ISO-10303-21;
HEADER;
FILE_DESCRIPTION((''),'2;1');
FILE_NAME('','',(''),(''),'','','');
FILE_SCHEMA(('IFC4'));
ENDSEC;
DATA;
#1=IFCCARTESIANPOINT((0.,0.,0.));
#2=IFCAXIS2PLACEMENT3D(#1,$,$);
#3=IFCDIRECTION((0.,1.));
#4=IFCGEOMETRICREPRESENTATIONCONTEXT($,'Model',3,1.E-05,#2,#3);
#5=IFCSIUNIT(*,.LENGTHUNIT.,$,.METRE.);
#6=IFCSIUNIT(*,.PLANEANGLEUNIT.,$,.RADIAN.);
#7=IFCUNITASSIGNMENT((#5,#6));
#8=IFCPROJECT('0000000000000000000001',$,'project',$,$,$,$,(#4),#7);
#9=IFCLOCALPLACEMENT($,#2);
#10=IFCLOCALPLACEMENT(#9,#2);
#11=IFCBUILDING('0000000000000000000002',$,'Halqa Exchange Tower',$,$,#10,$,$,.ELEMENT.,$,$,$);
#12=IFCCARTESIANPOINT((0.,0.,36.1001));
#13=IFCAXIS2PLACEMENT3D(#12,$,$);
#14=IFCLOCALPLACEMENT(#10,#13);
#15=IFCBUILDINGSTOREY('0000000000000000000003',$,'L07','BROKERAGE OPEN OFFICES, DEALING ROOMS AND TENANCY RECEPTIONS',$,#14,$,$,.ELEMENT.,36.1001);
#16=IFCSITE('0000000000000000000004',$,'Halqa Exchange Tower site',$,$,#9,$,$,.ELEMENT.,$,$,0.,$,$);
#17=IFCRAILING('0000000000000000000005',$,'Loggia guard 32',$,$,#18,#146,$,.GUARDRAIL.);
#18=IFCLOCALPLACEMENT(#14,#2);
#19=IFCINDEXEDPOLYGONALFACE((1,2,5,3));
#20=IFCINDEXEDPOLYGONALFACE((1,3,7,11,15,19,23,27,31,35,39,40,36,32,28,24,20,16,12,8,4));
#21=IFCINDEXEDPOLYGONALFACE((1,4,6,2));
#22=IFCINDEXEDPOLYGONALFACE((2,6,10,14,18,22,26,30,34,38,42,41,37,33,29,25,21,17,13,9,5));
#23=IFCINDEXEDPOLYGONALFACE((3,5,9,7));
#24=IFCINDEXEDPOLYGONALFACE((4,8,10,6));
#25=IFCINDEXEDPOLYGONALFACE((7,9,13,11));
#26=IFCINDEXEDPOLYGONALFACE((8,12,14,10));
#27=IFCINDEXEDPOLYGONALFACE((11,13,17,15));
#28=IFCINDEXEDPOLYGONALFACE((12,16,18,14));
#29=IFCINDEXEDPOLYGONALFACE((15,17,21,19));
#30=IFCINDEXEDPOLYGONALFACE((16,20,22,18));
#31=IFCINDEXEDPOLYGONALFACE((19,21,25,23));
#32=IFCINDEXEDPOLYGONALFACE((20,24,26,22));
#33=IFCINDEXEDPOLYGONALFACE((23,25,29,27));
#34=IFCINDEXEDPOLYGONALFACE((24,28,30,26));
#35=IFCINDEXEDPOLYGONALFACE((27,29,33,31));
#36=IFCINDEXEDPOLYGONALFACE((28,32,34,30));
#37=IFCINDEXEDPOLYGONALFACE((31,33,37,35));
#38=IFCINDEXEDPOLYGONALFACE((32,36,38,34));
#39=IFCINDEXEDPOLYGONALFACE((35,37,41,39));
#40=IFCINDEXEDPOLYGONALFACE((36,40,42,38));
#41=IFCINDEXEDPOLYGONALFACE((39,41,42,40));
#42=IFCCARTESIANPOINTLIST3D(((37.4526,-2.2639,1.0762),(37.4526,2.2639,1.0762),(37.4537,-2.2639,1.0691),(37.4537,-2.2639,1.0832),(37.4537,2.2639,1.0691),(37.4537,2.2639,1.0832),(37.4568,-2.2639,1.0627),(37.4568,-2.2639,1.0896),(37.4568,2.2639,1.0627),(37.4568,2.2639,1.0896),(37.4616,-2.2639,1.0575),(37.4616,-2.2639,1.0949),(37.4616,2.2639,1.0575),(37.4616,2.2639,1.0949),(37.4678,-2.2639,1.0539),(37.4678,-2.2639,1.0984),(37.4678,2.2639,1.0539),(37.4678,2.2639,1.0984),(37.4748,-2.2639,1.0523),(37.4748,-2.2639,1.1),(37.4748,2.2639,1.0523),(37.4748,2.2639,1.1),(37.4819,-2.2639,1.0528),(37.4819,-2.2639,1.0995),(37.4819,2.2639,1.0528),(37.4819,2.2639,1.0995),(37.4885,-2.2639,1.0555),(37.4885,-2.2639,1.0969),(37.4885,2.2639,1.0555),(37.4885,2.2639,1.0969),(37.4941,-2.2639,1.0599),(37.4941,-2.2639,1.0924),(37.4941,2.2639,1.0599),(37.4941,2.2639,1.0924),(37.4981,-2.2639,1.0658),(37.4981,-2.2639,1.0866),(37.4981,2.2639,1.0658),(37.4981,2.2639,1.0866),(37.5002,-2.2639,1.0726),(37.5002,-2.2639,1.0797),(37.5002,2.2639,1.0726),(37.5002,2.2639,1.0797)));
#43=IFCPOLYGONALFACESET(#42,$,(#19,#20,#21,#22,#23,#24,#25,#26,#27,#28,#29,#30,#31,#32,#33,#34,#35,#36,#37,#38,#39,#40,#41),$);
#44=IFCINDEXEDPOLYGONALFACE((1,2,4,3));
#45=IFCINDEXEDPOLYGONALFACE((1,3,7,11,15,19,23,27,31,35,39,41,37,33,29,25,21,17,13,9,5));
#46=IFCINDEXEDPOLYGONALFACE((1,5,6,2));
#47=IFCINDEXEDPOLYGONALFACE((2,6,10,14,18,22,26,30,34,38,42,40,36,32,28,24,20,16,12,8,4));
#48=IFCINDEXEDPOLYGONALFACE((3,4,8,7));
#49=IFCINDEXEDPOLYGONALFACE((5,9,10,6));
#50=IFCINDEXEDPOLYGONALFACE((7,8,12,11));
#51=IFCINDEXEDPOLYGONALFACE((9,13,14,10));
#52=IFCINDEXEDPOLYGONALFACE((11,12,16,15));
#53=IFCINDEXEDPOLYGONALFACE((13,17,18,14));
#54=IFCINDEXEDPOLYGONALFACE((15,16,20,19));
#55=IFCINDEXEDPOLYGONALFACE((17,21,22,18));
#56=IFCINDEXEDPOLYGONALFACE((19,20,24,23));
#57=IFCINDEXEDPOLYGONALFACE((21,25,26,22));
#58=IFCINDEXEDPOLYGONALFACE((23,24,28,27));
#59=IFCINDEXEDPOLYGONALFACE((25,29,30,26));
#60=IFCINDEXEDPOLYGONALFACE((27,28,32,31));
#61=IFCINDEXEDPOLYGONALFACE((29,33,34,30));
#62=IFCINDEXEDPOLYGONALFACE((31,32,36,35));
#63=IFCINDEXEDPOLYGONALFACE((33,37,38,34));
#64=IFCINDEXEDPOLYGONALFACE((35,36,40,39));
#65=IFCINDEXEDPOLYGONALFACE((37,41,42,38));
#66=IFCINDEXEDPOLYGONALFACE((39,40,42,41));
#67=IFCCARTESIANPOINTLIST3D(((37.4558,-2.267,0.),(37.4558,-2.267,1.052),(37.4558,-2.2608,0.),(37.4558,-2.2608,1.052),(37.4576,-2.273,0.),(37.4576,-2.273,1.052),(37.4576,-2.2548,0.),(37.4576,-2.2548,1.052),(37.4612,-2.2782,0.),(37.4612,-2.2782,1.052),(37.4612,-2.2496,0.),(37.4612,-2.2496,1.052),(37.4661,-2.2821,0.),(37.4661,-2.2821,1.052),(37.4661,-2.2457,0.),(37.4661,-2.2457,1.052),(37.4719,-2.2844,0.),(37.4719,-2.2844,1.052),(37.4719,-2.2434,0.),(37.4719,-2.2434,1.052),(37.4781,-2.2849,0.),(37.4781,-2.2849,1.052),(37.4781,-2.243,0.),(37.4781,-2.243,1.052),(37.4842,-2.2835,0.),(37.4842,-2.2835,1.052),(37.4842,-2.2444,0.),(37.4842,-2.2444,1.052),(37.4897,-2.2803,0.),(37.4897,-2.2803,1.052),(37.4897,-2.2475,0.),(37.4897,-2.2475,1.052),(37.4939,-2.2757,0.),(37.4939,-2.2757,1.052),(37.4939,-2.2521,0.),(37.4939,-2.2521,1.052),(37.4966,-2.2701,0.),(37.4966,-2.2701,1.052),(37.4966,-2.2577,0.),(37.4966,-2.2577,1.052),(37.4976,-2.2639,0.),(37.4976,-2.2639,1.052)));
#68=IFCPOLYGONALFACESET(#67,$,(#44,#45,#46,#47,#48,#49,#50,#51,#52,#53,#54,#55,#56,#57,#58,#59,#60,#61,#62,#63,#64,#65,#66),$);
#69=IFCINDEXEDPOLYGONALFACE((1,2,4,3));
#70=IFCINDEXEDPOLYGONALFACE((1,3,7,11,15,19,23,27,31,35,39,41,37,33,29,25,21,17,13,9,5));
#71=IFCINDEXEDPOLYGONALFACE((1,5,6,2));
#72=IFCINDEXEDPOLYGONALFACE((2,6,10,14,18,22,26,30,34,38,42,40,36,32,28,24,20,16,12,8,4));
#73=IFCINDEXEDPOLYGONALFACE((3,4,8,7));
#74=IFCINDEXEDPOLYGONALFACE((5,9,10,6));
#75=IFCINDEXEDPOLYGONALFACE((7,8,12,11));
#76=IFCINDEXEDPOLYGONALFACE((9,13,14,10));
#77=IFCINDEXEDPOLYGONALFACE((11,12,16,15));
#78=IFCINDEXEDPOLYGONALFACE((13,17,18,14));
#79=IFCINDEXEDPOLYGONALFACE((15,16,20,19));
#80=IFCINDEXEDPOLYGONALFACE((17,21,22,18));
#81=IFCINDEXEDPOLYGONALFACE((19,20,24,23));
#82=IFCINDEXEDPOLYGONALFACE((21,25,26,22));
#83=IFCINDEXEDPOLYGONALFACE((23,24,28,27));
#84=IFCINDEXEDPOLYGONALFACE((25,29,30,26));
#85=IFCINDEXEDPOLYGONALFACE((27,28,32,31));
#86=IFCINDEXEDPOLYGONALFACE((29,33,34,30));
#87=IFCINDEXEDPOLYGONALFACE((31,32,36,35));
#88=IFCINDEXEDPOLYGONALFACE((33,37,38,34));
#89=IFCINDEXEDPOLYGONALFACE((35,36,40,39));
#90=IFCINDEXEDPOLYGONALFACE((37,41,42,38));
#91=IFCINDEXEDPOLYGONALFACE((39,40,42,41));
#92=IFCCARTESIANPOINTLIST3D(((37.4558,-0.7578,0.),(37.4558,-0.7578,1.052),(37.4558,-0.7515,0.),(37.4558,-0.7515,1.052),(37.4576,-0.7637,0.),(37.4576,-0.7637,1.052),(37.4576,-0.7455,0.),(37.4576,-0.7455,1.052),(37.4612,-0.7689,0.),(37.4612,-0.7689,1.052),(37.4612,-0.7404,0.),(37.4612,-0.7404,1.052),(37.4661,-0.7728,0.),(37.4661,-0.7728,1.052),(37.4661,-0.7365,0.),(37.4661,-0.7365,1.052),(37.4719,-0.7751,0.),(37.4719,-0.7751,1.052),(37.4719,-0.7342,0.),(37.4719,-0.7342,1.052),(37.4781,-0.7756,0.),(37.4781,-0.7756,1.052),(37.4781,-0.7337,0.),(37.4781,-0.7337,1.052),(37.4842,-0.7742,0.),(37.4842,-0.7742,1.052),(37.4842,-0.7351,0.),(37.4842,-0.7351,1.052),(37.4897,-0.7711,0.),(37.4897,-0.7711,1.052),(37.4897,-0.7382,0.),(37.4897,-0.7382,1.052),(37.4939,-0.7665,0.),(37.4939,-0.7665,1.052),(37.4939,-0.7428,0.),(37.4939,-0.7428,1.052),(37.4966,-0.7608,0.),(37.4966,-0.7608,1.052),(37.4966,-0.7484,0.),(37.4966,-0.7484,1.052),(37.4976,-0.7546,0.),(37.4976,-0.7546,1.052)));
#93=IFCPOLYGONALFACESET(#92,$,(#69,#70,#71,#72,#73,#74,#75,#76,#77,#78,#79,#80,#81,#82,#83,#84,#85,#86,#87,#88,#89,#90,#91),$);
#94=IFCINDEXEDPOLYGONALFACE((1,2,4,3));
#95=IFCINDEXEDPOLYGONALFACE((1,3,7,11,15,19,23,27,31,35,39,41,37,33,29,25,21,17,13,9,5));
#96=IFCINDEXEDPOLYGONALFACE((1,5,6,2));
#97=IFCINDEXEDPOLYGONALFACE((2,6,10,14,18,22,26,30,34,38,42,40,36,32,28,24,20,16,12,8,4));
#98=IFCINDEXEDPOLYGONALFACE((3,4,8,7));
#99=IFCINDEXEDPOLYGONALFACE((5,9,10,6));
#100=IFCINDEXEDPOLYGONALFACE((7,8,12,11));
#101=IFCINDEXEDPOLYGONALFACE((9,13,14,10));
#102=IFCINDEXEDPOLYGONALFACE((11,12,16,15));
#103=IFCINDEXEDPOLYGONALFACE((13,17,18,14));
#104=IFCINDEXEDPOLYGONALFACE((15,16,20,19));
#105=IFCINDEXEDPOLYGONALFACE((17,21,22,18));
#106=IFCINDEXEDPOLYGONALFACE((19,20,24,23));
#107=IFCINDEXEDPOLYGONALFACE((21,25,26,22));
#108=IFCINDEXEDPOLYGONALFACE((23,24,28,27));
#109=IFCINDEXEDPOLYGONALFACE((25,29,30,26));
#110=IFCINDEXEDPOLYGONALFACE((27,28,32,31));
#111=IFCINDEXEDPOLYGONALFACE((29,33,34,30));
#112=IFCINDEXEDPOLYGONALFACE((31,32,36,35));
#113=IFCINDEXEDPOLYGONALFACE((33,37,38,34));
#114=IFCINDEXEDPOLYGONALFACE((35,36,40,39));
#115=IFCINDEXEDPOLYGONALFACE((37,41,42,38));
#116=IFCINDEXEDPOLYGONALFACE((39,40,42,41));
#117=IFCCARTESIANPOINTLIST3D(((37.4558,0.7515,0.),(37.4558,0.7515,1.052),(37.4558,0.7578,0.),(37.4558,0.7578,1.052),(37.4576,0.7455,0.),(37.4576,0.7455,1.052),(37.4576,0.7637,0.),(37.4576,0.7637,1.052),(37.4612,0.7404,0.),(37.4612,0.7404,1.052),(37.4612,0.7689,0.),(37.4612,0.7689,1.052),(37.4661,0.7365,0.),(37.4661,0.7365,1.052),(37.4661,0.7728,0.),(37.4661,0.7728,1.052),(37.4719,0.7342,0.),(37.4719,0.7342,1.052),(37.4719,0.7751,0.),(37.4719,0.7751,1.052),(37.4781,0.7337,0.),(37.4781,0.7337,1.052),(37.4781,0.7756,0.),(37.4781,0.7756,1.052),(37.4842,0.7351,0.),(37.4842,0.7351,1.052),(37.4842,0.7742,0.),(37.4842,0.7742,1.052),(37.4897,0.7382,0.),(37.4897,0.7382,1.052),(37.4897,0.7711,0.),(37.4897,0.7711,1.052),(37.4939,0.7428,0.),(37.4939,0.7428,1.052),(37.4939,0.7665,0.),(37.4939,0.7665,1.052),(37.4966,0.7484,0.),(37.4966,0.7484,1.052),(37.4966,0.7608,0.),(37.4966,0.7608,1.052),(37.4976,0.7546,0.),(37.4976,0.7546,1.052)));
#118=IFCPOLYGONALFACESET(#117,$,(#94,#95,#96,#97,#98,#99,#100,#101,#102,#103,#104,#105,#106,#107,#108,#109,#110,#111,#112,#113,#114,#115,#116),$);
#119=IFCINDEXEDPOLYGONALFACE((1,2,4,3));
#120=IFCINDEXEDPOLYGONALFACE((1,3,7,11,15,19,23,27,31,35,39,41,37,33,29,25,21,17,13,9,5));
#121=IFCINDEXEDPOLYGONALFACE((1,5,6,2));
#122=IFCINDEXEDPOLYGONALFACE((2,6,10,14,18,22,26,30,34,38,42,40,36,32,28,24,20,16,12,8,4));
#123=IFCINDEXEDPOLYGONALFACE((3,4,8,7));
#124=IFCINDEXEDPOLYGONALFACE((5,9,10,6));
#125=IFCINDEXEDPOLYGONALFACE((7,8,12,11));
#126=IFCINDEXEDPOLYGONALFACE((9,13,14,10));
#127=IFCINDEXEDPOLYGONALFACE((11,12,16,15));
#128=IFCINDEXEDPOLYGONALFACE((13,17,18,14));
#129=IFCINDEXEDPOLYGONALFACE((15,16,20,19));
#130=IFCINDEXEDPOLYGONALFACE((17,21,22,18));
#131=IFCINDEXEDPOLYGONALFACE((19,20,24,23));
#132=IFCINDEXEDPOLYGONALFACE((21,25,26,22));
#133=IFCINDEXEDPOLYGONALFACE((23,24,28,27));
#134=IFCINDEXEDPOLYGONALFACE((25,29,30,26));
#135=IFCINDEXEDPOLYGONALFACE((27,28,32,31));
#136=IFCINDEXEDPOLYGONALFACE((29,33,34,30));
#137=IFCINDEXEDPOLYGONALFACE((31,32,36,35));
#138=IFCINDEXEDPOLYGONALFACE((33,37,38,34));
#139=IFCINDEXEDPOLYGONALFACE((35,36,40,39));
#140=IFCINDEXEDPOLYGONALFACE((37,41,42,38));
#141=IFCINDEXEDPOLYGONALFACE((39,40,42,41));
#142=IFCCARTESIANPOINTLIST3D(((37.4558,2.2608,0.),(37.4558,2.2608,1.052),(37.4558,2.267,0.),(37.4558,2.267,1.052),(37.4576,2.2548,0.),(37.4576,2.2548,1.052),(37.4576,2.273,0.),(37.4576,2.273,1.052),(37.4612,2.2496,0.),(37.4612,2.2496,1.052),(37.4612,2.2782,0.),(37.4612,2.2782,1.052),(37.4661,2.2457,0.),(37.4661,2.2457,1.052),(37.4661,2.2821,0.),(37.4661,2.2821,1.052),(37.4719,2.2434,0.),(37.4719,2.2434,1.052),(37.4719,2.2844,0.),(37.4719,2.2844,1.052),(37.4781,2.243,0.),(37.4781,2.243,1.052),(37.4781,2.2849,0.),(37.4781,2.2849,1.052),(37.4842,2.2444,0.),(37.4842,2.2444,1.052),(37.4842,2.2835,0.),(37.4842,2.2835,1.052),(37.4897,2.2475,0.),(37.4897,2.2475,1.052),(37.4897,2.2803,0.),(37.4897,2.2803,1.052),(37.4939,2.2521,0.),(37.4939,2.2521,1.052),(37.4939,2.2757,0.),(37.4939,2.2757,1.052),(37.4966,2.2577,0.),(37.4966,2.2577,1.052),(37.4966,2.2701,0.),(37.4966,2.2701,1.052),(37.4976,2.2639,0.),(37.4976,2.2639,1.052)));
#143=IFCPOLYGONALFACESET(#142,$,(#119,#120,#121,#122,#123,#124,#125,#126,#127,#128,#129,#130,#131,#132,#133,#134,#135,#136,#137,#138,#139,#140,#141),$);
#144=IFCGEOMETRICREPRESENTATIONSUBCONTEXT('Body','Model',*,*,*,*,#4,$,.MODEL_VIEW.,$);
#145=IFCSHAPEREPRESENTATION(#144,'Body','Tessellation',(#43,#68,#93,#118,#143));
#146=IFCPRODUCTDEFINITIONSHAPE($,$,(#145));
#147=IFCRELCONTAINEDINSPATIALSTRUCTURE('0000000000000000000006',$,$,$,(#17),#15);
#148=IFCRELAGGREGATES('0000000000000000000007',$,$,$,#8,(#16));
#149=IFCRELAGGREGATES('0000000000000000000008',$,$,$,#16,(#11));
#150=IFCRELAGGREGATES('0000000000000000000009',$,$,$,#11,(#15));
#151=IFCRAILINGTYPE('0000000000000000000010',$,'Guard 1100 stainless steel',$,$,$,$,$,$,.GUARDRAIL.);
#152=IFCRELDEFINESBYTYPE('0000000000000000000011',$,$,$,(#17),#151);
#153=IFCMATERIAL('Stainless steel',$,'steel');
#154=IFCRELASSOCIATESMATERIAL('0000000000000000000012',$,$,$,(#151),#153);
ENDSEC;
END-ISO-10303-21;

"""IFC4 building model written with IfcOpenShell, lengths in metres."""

from ifc_helpers import new_model, si_unit, direction, frame, origin, origin_2d, place, context, subcontext, project, spatial, circle, extrude, material, type_object, element, save


model = new_model("IFC4")

# Units and contexts
model_context = context("Model", 3, precision=1e-05, world=origin(), true_north=direction((0.0, 1.0)))
body_context = subcontext(model_context, "Body", "Model", "MODEL_VIEW")
ifc_project = project(units=[si_unit("LENGTHUNIT", "METRE"), si_unit("PLANEANGLEUNIT", "RADIAN")], contexts=[model_context])

# Site, building, storey
site_placement = place(None, origin())
site = spatial("IfcSite", under=ifc_project, at=site_placement, Name="Halqa Exchange Tower site", CompositionType="ELEMENT", RefElevation=0.0)
building_placement = place(site_placement, origin())
building = spatial("IfcBuilding", under=site, at=building_placement, Name="Halqa Exchange Tower", CompositionType="ELEMENT")
storey_placement = place(building_placement, frame((0.0, 0.0, 36.1001)))
storey = spatial("IfcBuildingStorey", under=building, at=storey_placement, Name="L07", Description="BROKERAGE OPEN OFFICES, DEALING ROOMS AND TENANCY RECEPTIONS", CompositionType="ELEMENT", Elevation=36.1001)

# Railing
ifc_material_1 = material(Name="Stainless steel", Category="steel")
railing_type = type_object("IfcRailingType", Name="Guard 1100 stainless steel", PredefinedType="GUARDRAIL", material=ifc_material_1)
railing_1_placement = place(storey_placement, frame((37.4766, -2.2639, 0.0)))
element("IfcRailing", 1, at=railing_1_placement, inside=storey, type_object=railing_type, Name="Loggia guard 32", PredefinedType="GUARDRAIL", context=body_context, shape_type="SweptSolid", body=[
    extrude(circle(Radius=0.0239, at=origin_2d()), frame((0.0, 0.0, 1.0762), z_axis=(0.0, 1.0, 0.0), x_axis=(-1.0, 0.0, 0.0)), (0.0, 0.0, 1.0), 4.5278),
    extrude(circle(Radius=0.021, at=origin_2d()), origin(), (0.0, 0.0, 1.0), 1.052),
    extrude(circle(Radius=0.021, at=origin_2d()), frame((0.0, 1.5093, 0.0)), (0.0, 0.0, 1.0), 1.052),
    extrude(circle(Radius=0.021, at=origin_2d()), frame((0.0, 3.0186, 0.0)), (0.0, 0.0, 1.0), 1.052),
    extrude(circle(Radius=0.021, at=origin_2d()), frame((0.0, 4.5278, 0.0)), (0.0, 0.0, 1.0), 1.052),
])

save(model, "model.ifc")
